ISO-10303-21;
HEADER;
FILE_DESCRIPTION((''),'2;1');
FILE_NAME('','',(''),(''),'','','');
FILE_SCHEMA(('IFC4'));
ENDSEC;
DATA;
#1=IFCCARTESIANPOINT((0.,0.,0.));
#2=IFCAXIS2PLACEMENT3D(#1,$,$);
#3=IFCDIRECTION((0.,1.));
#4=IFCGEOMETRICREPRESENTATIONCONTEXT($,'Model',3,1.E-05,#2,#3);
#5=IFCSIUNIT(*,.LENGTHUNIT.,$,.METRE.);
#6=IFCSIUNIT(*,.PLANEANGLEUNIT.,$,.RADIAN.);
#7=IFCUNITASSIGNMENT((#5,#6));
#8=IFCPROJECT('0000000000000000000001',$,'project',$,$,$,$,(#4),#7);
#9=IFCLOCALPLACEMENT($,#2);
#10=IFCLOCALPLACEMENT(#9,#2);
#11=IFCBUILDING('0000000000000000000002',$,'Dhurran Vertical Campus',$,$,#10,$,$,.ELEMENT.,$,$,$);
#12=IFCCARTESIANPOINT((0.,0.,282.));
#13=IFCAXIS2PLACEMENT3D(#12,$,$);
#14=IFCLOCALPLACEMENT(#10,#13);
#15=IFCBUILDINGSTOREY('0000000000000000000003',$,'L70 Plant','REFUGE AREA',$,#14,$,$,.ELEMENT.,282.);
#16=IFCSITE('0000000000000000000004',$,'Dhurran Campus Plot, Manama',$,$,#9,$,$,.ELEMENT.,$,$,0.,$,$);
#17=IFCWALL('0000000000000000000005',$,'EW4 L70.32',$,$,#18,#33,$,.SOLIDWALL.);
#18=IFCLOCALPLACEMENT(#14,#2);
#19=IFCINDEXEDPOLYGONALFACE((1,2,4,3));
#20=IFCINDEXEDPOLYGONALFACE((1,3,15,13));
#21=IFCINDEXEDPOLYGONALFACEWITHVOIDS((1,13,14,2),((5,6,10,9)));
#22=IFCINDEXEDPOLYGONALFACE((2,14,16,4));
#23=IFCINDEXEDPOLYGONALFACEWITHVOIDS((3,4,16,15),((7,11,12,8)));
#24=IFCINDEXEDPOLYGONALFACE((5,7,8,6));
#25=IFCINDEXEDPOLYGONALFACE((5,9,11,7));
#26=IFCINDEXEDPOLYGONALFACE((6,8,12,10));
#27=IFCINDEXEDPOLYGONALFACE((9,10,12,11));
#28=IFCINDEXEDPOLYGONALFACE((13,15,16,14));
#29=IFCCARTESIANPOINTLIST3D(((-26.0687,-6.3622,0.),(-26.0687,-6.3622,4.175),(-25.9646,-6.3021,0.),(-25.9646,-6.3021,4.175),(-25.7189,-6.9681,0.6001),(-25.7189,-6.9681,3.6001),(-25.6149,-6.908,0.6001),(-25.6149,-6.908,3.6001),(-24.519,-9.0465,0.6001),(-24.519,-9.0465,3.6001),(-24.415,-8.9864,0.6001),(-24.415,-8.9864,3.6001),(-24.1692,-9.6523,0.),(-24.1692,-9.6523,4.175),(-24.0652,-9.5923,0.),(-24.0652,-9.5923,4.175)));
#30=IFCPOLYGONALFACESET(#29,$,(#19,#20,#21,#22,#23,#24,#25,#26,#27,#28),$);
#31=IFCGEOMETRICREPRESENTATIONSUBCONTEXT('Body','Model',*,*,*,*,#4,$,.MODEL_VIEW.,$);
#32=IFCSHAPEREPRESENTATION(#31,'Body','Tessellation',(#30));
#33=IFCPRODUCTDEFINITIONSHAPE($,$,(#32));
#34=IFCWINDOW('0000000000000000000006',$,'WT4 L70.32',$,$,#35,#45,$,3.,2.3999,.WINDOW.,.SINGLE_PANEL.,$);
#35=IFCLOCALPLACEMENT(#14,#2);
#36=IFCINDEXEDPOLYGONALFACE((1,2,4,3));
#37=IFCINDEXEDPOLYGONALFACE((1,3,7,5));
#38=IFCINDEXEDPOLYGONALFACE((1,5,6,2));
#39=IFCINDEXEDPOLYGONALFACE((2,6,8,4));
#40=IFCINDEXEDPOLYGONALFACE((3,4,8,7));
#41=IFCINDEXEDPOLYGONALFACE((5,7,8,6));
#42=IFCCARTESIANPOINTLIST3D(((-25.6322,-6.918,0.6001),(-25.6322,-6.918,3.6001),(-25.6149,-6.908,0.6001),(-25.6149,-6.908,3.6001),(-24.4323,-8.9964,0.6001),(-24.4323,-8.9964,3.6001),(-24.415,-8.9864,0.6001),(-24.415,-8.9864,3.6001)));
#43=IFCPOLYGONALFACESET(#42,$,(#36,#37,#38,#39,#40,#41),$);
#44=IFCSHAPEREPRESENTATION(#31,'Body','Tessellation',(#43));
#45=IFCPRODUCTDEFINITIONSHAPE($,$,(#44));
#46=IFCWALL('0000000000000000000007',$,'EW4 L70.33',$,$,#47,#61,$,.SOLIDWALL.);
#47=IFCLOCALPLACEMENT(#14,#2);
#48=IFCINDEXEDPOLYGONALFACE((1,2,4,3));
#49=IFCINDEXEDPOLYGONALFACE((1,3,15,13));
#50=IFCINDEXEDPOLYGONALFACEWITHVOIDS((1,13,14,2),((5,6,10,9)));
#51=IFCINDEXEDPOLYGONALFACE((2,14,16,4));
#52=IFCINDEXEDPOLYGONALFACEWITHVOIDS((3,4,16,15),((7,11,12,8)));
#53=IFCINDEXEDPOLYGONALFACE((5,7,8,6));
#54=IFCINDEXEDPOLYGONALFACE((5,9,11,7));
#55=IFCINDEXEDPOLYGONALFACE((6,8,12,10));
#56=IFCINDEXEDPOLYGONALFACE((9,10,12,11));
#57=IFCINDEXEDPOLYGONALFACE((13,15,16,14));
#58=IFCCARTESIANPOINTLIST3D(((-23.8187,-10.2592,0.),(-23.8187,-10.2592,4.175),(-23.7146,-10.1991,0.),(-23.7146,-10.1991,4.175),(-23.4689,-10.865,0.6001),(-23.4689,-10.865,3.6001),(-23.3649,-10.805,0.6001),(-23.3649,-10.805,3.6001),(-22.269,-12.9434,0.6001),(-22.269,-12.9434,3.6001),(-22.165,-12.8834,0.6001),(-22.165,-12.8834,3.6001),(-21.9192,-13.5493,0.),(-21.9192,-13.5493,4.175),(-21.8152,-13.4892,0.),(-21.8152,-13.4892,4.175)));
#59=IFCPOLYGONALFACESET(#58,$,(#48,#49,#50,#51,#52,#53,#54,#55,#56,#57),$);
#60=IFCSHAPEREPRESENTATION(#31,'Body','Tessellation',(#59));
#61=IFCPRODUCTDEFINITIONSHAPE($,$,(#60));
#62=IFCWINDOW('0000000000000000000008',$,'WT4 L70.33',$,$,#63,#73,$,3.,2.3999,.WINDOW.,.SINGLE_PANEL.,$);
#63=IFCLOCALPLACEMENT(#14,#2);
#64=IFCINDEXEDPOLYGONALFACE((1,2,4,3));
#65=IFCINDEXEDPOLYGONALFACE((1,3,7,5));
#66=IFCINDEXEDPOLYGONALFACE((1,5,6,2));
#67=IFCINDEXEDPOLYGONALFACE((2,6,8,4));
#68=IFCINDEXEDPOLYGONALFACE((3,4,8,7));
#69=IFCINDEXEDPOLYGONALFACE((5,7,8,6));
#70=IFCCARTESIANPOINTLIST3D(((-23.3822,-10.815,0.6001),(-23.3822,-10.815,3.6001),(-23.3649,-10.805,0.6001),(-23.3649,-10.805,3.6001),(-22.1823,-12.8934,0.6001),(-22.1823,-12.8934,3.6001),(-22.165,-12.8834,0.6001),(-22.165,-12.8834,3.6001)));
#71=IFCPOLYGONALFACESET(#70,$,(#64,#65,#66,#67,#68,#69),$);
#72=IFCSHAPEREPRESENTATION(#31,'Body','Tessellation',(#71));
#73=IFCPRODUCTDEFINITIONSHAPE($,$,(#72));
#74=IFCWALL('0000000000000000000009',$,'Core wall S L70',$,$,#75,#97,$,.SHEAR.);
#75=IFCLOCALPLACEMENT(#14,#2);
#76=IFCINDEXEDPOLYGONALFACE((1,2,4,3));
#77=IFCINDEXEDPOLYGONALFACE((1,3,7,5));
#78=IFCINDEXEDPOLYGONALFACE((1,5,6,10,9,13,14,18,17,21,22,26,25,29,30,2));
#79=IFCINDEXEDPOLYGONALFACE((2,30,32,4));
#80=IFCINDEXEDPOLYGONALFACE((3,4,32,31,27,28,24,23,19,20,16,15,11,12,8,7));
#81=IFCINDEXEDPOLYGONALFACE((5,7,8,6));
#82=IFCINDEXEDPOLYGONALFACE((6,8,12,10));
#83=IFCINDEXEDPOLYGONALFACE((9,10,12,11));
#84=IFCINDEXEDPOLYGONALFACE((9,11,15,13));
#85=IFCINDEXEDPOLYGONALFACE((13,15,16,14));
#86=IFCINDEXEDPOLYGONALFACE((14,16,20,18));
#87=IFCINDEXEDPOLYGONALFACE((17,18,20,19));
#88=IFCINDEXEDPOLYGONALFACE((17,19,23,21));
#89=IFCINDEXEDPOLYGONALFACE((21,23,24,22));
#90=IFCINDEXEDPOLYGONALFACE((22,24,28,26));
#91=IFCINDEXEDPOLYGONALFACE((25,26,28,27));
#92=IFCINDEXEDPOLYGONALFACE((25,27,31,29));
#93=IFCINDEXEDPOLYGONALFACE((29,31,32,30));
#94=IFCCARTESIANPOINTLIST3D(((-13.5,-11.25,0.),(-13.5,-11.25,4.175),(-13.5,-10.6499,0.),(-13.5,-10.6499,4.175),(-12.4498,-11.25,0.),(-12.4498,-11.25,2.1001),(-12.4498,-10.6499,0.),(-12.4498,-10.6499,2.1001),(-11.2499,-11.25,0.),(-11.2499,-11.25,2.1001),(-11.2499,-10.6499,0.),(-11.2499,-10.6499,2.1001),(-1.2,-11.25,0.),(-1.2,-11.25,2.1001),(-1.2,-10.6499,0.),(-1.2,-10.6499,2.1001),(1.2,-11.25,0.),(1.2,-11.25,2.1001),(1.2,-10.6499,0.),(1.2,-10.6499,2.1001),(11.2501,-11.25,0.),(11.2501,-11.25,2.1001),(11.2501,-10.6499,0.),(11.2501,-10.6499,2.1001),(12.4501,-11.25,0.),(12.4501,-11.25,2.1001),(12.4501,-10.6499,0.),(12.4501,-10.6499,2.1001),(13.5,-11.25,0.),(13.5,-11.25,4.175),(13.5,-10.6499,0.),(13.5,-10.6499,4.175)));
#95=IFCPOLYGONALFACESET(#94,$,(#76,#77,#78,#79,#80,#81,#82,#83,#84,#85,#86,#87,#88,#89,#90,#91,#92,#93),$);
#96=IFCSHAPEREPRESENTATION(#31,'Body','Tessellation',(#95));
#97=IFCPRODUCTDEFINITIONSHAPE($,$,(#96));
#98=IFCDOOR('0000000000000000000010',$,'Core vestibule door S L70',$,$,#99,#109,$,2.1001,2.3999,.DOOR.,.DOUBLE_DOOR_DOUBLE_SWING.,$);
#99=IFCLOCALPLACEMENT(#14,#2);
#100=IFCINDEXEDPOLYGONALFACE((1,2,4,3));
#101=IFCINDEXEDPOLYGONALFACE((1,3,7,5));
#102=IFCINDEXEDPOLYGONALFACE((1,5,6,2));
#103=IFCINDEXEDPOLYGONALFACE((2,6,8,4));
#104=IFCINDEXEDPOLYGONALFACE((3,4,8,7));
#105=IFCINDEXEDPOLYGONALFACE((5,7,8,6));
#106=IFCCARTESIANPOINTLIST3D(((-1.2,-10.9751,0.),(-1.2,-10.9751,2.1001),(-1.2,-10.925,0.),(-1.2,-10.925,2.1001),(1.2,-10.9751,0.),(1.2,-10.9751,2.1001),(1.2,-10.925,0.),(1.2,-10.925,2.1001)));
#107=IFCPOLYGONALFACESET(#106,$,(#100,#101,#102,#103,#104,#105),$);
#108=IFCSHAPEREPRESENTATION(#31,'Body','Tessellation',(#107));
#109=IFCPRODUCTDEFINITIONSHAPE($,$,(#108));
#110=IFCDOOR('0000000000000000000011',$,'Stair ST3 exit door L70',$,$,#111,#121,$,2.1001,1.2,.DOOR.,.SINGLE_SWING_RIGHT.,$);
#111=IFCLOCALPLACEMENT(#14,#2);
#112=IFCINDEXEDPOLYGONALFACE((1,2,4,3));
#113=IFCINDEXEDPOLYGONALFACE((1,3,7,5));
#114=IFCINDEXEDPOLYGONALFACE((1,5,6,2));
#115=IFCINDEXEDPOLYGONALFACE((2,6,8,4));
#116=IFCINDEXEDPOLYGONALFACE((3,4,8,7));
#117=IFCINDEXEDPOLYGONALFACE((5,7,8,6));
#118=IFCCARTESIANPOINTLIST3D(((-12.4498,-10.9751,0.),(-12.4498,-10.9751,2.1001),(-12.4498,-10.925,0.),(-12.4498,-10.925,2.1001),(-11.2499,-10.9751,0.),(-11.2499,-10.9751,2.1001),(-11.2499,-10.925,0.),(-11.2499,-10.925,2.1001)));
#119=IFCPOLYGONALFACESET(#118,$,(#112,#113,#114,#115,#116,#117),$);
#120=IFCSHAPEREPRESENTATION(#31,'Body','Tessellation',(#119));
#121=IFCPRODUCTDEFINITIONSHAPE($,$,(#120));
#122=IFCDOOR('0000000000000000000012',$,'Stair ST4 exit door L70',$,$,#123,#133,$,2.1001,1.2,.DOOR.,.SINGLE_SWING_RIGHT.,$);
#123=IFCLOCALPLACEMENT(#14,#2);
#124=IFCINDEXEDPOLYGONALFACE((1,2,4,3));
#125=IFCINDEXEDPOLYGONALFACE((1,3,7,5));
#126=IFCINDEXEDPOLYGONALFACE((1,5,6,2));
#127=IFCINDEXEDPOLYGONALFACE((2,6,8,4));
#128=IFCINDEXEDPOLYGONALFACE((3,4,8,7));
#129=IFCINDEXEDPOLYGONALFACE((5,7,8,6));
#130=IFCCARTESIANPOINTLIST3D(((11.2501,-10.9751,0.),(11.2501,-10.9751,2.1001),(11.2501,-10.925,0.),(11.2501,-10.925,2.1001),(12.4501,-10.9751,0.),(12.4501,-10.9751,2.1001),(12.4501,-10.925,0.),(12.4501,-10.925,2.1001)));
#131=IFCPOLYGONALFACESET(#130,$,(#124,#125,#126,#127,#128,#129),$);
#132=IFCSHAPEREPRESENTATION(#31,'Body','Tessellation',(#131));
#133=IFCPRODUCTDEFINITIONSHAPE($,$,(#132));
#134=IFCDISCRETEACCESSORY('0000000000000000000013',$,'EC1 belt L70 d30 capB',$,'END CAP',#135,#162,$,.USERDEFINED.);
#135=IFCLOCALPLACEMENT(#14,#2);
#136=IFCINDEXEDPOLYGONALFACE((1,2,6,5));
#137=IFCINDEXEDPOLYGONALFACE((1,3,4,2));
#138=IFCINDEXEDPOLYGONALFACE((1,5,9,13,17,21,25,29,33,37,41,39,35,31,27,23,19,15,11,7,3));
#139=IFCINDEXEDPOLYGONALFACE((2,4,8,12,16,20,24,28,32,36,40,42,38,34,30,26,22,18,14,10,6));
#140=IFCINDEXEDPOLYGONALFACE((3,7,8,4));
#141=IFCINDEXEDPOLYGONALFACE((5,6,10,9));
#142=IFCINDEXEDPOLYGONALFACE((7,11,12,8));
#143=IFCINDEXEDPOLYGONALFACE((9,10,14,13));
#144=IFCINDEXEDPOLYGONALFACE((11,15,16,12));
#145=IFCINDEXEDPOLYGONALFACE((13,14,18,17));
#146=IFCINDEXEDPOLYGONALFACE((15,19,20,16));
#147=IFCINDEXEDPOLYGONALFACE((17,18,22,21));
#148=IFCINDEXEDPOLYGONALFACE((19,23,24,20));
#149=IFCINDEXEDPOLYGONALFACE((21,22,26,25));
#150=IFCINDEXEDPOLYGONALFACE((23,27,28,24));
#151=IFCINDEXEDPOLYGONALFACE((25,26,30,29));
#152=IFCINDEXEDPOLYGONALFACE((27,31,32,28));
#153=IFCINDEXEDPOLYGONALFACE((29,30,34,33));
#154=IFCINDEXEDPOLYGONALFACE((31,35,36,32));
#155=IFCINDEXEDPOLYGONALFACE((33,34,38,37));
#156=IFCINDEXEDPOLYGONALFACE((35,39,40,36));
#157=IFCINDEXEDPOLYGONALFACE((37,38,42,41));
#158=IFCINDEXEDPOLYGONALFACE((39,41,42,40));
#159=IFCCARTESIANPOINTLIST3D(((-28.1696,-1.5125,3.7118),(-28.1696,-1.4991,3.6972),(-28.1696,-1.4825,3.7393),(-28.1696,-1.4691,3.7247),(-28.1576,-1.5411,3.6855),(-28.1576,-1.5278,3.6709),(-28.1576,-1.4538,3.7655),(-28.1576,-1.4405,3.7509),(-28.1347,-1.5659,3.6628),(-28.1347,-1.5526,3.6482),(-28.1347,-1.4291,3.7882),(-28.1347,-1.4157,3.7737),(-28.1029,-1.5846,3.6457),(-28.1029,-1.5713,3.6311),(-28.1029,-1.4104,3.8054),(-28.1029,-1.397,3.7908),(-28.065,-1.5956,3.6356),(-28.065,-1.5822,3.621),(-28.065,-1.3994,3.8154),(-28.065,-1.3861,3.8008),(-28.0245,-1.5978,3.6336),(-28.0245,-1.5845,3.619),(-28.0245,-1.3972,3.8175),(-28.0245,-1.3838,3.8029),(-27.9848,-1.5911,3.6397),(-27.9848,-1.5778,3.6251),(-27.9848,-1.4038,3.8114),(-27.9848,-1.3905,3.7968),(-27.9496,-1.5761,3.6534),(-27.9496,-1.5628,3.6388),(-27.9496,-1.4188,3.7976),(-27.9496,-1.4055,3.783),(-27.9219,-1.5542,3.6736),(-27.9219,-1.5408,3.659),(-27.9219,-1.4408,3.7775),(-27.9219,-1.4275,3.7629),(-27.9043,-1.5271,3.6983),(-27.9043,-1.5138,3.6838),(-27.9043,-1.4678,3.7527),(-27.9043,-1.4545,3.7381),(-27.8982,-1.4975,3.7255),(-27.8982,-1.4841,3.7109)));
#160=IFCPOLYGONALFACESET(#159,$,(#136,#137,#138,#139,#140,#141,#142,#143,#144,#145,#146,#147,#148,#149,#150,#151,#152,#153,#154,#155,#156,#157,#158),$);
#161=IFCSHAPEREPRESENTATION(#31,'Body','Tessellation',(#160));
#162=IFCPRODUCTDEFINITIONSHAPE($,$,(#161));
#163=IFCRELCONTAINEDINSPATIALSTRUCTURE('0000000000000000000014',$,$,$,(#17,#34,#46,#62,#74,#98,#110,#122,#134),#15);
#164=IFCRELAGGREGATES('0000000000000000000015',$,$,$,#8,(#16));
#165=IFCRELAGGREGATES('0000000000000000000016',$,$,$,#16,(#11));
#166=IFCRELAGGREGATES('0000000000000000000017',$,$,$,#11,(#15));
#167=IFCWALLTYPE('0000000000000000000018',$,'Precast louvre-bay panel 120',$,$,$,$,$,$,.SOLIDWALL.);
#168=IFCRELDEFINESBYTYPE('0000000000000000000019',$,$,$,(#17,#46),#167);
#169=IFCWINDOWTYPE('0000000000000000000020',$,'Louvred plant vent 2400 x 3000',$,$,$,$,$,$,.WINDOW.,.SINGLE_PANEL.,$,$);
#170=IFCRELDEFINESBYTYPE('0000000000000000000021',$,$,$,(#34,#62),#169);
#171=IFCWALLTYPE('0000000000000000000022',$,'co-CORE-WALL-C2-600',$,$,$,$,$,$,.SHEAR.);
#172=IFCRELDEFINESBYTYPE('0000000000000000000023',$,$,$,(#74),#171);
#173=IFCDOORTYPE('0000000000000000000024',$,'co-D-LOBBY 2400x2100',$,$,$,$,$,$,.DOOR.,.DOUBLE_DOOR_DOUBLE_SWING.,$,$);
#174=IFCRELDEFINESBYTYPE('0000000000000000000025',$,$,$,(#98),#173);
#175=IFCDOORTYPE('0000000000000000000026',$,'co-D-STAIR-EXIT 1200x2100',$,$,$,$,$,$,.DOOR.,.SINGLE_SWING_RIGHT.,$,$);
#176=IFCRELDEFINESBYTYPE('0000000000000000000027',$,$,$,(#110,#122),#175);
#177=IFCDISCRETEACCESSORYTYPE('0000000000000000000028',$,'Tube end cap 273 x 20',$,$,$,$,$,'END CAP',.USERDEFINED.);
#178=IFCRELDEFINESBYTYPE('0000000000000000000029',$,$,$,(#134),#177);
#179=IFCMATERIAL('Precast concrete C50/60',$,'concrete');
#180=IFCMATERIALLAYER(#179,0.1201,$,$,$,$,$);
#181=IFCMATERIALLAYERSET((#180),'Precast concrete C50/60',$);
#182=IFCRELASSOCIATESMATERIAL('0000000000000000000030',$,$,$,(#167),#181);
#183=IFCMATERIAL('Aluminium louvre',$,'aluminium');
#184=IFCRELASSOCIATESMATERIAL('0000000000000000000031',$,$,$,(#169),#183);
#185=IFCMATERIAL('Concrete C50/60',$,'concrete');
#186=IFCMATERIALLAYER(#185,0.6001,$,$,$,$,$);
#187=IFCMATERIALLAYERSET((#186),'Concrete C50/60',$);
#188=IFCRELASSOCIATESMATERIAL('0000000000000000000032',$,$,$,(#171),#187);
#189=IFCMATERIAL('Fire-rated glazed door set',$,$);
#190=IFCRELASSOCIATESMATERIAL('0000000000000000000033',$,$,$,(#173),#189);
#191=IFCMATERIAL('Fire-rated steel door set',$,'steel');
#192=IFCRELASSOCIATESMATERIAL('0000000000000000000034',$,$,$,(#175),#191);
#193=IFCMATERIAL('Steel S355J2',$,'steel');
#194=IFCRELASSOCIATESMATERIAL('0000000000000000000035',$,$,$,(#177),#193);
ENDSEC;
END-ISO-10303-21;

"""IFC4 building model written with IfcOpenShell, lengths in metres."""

from ifc_helpers import new_model, si_unit, direction, frame, frame_2d, origin, origin_2d, place, context, subcontext, project, spatial, rectangle, circle, extrude, material, layer, layer_set, material_profile, profile_set, type_object, element, fill, save


model = new_model("IFC4")

# Units and contexts
model_context = context("Model", 3, precision=1e-05, world=origin(), true_north=direction((0.0, 1.0)))
body_context = subcontext(model_context, "Body", "Model", "MODEL_VIEW")
ifc_project = project(units=[si_unit("LENGTHUNIT", "METRE"), si_unit("PLANEANGLEUNIT", "RADIAN")], contexts=[model_context])

# Site, building, storey
site_placement = place(None, origin())
site = spatial("IfcSite", under=ifc_project, at=site_placement, Name="Dhurran Campus Plot, Manama", CompositionType="ELEMENT", RefElevation=0.0)
building_placement = place(site_placement, origin())
building = spatial("IfcBuilding", under=site, at=building_placement, Name="Dhurran Vertical Campus", CompositionType="ELEMENT")
storey_placement = place(building_placement, frame((0.0, 0.0, 282.0)))
storey = spatial("IfcBuildingStorey", under=building, at=storey_placement, Name="L70 Plant", Description="REFUGE AREA", CompositionType="ELEMENT", Elevation=282.0)

# Walls, openings, windows
ifc_material_1 = material(Name="Precast concrete C50/60", Category="concrete")
ifc_layer_1 = layer(ifc_material_1, 0.1201)
ifc_layer_set_1 = layer_set([ifc_layer_1], Name="Precast concrete C50/60")
wall_type_1 = type_object("IfcWallType", Name="Precast louvre-bay panel 120", PredefinedType="SOLIDWALL", material=ifc_layer_set_1)
ifc_material_2 = material(Name="Aluminium louvre", Category="aluminium")
window_type = type_object("IfcWindowType", Name="Louvred plant vent 2400 x 3000", PartitioningType="SINGLE_PANEL", PredefinedType="WINDOW", material=ifc_material_2)
wall_1_placement = place(storey_placement, frame((-26.0166, -6.3323, 0.0), z_axis=(0.0, 0.0, 1.0), x_axis=(0.499982, -0.866036, 0.0)))
wall_1 = element("IfcWall", 1, at=wall_1_placement, inside=storey, type_object=wall_type_1, Name="EW4 L70.32", PredefinedType="SOLIDWALL", context=body_context, shape_type="SweptSolid", body=[
    extrude(rectangle(XDim=3.7991, YDim=0.1201, at=frame_2d((1.8994, 0.0))), origin(), (0.0, 0.0, 1.0), 4.175),
])
opening_1_placement = place(wall_1_placement, frame((0.6995, 0.0, 0.6001)))
opening_1 = element("IfcOpeningElement", 2, at=opening_1_placement, cuts=wall_1, PredefinedType="OPENING", context=body_context, shape_type="SweptSolid", body=[
    extrude(rectangle(XDim=2.3999, YDim=3.0, at=frame_2d((1.2, 1.5))), frame((0.0, 0.0701, 0.0), z_axis=(0.0, -1.0, 0.0), x_axis=(1.0, 0.0, 0.0)), (0.0, 0.0, 1.0), 0.1401),
])
window_1_placement = place(opening_1_placement, origin())
window_1 = element("IfcWindow", 3, at=window_1_placement, inside=storey, type_object=window_type, Name="WT4 L70.32", OverallHeight=3.0, OverallWidth=2.3999, PartitioningType="SINGLE_PANEL", PredefinedType="WINDOW", context=body_context, shape_type="SweptSolid", body=[
    extrude(rectangle(XDim=2.3999, YDim=3.0, at=frame_2d((1.2, 1.5))), frame((0.0, 0.0601, 0.0), z_axis=(0.0, -1.0, 0.0), x_axis=(1.0, 0.0, 0.0)), (0.0, 0.0, 1.0), 0.02),
])
fill(opening_1, window_1)
wall_2_placement = place(storey_placement, frame((-23.7666, -10.2292, 0.0), z_axis=(0.0, 0.0, 1.0), x_axis=(0.499982, -0.866036, 0.0)))
wall_2 = element("IfcWall", 4, at=wall_2_placement, inside=storey, type_object=wall_type_1, Name="EW4 L70.33", PredefinedType="SOLIDWALL", context=body_context, shape_type="SweptSolid", body=[
    extrude(rectangle(XDim=3.7991, YDim=0.1201, at=frame_2d((1.8994, 0.0))), origin(), (0.0, 0.0, 1.0), 4.175),
])
opening_2_placement = place(wall_2_placement, frame((0.6995, 0.0, 0.6001)))
opening_2 = element("IfcOpeningElement", 5, at=opening_2_placement, cuts=wall_2, PredefinedType="OPENING", context=body_context, shape_type="SweptSolid", body=[
    extrude(rectangle(XDim=2.3999, YDim=3.0, at=frame_2d((1.2, 1.5))), frame((0.0, 0.0701, 0.0), z_axis=(0.0, -1.0, 0.0), x_axis=(1.0, 0.0, 0.0)), (0.0, 0.0, 1.0), 0.1401),
])
window_2_placement = place(opening_2_placement, origin())
window_2 = element("IfcWindow", 6, at=window_2_placement, inside=storey, type_object=window_type, Name="WT4 L70.33", OverallHeight=3.0, OverallWidth=2.3999, PartitioningType="SINGLE_PANEL", PredefinedType="WINDOW", context=body_context, shape_type="SweptSolid", body=[
    extrude(rectangle(XDim=2.3999, YDim=3.0, at=frame_2d((1.2, 1.5))), frame((0.0, 0.0601, 0.0), z_axis=(0.0, -1.0, 0.0), x_axis=(1.0, 0.0, 0.0)), (0.0, 0.0, 1.0), 0.02),
])
fill(opening_2, window_2)

# Wall, openings, doors
ifc_material_3 = material(Name="Concrete C50/60", Category="concrete")
ifc_layer_2 = layer(ifc_material_3, 0.6001)
ifc_layer_set_2 = layer_set([ifc_layer_2], Name="Concrete C50/60")
wall_type_2 = type_object("IfcWallType", Name="co-CORE-WALL-C2-600", PredefinedType="SHEAR", material=ifc_layer_set_2)
wall_3_placement = place(storey_placement, frame((-13.5, -10.95, 0.0), z_axis=(0.0, 0.0, 1.0), x_axis=(1.0, 0.0, 0.0)))
wall_3 = element("IfcWall", 7, at=wall_3_placement, inside=storey, type_object=wall_type_2, Name="Core wall S L70", PredefinedType="SHEAR", context=body_context, shape_type="SweptSolid", body=[
    extrude(rectangle(XDim=27.0, YDim=0.6001, at=frame_2d((13.5, 0.0))), origin(), (0.0, 0.0, 1.0), 4.175),
])
opening_3_placement = place(wall_3_placement, frame((12.3, 0.0, 0.0)))
opening_3 = element("IfcOpeningElement", 8, at=opening_3_placement, cuts=wall_3, PredefinedType="OPENING", context=body_context, shape_type="SweptSolid", body=[
    extrude(rectangle(XDim=2.3999, YDim=2.1001, at=frame_2d((1.2, 1.05))), frame((0.0, 0.3101, 0.0), z_axis=(0.0, -1.0, 0.0), x_axis=(1.0, 0.0, 0.0)), (0.0, 0.0, 1.0), 0.6201),
])
opening_4_placement = place(wall_3_placement, frame((1.05, 0.0, 0.0)))
opening_4 = element("IfcOpeningElement", 9, at=opening_4_placement, cuts=wall_3, PredefinedType="OPENING", context=body_context, shape_type="SweptSolid", body=[
    extrude(rectangle(XDim=1.2, YDim=2.1001, at=frame_2d((0.6001, 1.05))), frame((0.0, 0.3101, 0.0), z_axis=(0.0, -1.0, 0.0), x_axis=(1.0, 0.0, 0.0)), (0.0, 0.0, 1.0), 0.6201),
])
opening_5_placement = place(wall_3_placement, frame((24.75, 0.0, 0.0)))
opening_5 = element("IfcOpeningElement", 10, at=opening_5_placement, cuts=wall_3, PredefinedType="OPENING", context=body_context, shape_type="SweptSolid", body=[
    extrude(rectangle(XDim=1.2, YDim=2.1001, at=frame_2d((0.6001, 1.05))), frame((0.0, 0.3101, 0.0), z_axis=(0.0, -1.0, 0.0), x_axis=(1.0, 0.0, 0.0)), (0.0, 0.0, 1.0), 0.6201),
])
ifc_material_4 = material(Name="Fire-rated glazed door set")
door_type_1 = type_object("IfcDoorType", Name="co-D-LOBBY 2400x2100", OperationType="DOUBLE_DOOR_DOUBLE_SWING", PredefinedType="DOOR", material=ifc_material_4)
door_1_placement = place(opening_3_placement, origin())
door_1 = element("IfcDoor", 11, at=door_1_placement, inside=storey, type_object=door_type_1, Name="Core vestibule door S L70", OperationType="DOUBLE_DOOR_DOUBLE_SWING", OverallHeight=2.1001, OverallWidth=2.3999, PredefinedType="DOOR", context=body_context, shape_type="SweptSolid", body=[
    extrude(rectangle(XDim=2.3999, YDim=2.1001, at=frame_2d((1.2, 1.05))), frame((0.0, 0.0249, 0.0), z_axis=(0.0, -1.0, 0.0), x_axis=(1.0, 0.0, 0.0)), (0.0, 0.0, 1.0), 0.05),
])
fill(opening_3, door_1)
ifc_material_5 = material(Name="Fire-rated steel door set", Category="steel")
door_type_2 = type_object("IfcDoorType", Name="co-D-STAIR-EXIT 1200x2100", OperationType="SINGLE_SWING_RIGHT", PredefinedType="DOOR", material=ifc_material_5)
door_2_placement = place(opening_4_placement, origin())
door_2 = element("IfcDoor", 12, at=door_2_placement, inside=storey, type_object=door_type_2, Name="Stair ST3 exit door L70", OperationType="SINGLE_SWING_RIGHT", OverallHeight=2.1001, OverallWidth=1.2, PredefinedType="DOOR", context=body_context, shape_type="SweptSolid", body=[
    extrude(rectangle(XDim=1.2, YDim=2.1001, at=frame_2d((0.6001, 1.05))), frame((0.0, 0.0249, 0.0), z_axis=(0.0, -1.0, 0.0), x_axis=(1.0, 0.0, 0.0)), (0.0, 0.0, 1.0), 0.05),
])
fill(opening_4, door_2)
door_3_placement = place(opening_5_placement, origin())
door_3 = element("IfcDoor", 13, at=door_3_placement, inside=storey, type_object=door_type_2, Name="Stair ST4 exit door L70", OperationType="SINGLE_SWING_RIGHT", OverallHeight=2.1001, OverallWidth=1.2, PredefinedType="DOOR", context=body_context, shape_type="SweptSolid", body=[
    extrude(rectangle(XDim=1.2, YDim=2.1001, at=frame_2d((0.6001, 1.05))), frame((0.0, 0.0249, 0.0), z_axis=(0.0, -1.0, 0.0), x_axis=(1.0, 0.0, 0.0)), (0.0, 0.0, 1.0), 0.05),
])
fill(opening_5, door_3)

# Discrete accessory
ifc_material_6 = material(Name="Steel S355J2", Category="steel")
ifc_material_profile_1 = material_profile(ifc_material_6, circle(Radius=0.1365, at=origin_2d()), Name="Tube end cap 273 x 20")
ifc_profile_set_1 = profile_set([ifc_material_profile_1], Name="Steel S355J2")
discrete_accessory_type = type_object("IfcDiscreteAccessoryType", Name="Tube end cap 273 x 20", ElementType="END CAP", PredefinedType="USERDEFINED", material=ifc_profile_set_1)
for number, where, z_axis, x_axis, name in (
    (14, (-28.0347, -1.4841, 3.7109), (0.0, -0.675725, 0.737154), (1.0, 0.0, 0.0), "EC1 belt L70 d30 capB"),
):
    element("IfcDiscreteAccessory", number, at=place(storey_placement, frame(where, z_axis=z_axis, x_axis=x_axis)), inside=storey, type_object=discrete_accessory_type, Name=name, ObjectType="END CAP", PredefinedType="USERDEFINED", context=body_context, shape_type="SweptSolid", body=[
        extrude(circle(Radius=0.1365, at=origin_2d()), origin(), (0.0, 0.0, 1.0), 0.0198),
    ])

save(model, "model.ifc")
